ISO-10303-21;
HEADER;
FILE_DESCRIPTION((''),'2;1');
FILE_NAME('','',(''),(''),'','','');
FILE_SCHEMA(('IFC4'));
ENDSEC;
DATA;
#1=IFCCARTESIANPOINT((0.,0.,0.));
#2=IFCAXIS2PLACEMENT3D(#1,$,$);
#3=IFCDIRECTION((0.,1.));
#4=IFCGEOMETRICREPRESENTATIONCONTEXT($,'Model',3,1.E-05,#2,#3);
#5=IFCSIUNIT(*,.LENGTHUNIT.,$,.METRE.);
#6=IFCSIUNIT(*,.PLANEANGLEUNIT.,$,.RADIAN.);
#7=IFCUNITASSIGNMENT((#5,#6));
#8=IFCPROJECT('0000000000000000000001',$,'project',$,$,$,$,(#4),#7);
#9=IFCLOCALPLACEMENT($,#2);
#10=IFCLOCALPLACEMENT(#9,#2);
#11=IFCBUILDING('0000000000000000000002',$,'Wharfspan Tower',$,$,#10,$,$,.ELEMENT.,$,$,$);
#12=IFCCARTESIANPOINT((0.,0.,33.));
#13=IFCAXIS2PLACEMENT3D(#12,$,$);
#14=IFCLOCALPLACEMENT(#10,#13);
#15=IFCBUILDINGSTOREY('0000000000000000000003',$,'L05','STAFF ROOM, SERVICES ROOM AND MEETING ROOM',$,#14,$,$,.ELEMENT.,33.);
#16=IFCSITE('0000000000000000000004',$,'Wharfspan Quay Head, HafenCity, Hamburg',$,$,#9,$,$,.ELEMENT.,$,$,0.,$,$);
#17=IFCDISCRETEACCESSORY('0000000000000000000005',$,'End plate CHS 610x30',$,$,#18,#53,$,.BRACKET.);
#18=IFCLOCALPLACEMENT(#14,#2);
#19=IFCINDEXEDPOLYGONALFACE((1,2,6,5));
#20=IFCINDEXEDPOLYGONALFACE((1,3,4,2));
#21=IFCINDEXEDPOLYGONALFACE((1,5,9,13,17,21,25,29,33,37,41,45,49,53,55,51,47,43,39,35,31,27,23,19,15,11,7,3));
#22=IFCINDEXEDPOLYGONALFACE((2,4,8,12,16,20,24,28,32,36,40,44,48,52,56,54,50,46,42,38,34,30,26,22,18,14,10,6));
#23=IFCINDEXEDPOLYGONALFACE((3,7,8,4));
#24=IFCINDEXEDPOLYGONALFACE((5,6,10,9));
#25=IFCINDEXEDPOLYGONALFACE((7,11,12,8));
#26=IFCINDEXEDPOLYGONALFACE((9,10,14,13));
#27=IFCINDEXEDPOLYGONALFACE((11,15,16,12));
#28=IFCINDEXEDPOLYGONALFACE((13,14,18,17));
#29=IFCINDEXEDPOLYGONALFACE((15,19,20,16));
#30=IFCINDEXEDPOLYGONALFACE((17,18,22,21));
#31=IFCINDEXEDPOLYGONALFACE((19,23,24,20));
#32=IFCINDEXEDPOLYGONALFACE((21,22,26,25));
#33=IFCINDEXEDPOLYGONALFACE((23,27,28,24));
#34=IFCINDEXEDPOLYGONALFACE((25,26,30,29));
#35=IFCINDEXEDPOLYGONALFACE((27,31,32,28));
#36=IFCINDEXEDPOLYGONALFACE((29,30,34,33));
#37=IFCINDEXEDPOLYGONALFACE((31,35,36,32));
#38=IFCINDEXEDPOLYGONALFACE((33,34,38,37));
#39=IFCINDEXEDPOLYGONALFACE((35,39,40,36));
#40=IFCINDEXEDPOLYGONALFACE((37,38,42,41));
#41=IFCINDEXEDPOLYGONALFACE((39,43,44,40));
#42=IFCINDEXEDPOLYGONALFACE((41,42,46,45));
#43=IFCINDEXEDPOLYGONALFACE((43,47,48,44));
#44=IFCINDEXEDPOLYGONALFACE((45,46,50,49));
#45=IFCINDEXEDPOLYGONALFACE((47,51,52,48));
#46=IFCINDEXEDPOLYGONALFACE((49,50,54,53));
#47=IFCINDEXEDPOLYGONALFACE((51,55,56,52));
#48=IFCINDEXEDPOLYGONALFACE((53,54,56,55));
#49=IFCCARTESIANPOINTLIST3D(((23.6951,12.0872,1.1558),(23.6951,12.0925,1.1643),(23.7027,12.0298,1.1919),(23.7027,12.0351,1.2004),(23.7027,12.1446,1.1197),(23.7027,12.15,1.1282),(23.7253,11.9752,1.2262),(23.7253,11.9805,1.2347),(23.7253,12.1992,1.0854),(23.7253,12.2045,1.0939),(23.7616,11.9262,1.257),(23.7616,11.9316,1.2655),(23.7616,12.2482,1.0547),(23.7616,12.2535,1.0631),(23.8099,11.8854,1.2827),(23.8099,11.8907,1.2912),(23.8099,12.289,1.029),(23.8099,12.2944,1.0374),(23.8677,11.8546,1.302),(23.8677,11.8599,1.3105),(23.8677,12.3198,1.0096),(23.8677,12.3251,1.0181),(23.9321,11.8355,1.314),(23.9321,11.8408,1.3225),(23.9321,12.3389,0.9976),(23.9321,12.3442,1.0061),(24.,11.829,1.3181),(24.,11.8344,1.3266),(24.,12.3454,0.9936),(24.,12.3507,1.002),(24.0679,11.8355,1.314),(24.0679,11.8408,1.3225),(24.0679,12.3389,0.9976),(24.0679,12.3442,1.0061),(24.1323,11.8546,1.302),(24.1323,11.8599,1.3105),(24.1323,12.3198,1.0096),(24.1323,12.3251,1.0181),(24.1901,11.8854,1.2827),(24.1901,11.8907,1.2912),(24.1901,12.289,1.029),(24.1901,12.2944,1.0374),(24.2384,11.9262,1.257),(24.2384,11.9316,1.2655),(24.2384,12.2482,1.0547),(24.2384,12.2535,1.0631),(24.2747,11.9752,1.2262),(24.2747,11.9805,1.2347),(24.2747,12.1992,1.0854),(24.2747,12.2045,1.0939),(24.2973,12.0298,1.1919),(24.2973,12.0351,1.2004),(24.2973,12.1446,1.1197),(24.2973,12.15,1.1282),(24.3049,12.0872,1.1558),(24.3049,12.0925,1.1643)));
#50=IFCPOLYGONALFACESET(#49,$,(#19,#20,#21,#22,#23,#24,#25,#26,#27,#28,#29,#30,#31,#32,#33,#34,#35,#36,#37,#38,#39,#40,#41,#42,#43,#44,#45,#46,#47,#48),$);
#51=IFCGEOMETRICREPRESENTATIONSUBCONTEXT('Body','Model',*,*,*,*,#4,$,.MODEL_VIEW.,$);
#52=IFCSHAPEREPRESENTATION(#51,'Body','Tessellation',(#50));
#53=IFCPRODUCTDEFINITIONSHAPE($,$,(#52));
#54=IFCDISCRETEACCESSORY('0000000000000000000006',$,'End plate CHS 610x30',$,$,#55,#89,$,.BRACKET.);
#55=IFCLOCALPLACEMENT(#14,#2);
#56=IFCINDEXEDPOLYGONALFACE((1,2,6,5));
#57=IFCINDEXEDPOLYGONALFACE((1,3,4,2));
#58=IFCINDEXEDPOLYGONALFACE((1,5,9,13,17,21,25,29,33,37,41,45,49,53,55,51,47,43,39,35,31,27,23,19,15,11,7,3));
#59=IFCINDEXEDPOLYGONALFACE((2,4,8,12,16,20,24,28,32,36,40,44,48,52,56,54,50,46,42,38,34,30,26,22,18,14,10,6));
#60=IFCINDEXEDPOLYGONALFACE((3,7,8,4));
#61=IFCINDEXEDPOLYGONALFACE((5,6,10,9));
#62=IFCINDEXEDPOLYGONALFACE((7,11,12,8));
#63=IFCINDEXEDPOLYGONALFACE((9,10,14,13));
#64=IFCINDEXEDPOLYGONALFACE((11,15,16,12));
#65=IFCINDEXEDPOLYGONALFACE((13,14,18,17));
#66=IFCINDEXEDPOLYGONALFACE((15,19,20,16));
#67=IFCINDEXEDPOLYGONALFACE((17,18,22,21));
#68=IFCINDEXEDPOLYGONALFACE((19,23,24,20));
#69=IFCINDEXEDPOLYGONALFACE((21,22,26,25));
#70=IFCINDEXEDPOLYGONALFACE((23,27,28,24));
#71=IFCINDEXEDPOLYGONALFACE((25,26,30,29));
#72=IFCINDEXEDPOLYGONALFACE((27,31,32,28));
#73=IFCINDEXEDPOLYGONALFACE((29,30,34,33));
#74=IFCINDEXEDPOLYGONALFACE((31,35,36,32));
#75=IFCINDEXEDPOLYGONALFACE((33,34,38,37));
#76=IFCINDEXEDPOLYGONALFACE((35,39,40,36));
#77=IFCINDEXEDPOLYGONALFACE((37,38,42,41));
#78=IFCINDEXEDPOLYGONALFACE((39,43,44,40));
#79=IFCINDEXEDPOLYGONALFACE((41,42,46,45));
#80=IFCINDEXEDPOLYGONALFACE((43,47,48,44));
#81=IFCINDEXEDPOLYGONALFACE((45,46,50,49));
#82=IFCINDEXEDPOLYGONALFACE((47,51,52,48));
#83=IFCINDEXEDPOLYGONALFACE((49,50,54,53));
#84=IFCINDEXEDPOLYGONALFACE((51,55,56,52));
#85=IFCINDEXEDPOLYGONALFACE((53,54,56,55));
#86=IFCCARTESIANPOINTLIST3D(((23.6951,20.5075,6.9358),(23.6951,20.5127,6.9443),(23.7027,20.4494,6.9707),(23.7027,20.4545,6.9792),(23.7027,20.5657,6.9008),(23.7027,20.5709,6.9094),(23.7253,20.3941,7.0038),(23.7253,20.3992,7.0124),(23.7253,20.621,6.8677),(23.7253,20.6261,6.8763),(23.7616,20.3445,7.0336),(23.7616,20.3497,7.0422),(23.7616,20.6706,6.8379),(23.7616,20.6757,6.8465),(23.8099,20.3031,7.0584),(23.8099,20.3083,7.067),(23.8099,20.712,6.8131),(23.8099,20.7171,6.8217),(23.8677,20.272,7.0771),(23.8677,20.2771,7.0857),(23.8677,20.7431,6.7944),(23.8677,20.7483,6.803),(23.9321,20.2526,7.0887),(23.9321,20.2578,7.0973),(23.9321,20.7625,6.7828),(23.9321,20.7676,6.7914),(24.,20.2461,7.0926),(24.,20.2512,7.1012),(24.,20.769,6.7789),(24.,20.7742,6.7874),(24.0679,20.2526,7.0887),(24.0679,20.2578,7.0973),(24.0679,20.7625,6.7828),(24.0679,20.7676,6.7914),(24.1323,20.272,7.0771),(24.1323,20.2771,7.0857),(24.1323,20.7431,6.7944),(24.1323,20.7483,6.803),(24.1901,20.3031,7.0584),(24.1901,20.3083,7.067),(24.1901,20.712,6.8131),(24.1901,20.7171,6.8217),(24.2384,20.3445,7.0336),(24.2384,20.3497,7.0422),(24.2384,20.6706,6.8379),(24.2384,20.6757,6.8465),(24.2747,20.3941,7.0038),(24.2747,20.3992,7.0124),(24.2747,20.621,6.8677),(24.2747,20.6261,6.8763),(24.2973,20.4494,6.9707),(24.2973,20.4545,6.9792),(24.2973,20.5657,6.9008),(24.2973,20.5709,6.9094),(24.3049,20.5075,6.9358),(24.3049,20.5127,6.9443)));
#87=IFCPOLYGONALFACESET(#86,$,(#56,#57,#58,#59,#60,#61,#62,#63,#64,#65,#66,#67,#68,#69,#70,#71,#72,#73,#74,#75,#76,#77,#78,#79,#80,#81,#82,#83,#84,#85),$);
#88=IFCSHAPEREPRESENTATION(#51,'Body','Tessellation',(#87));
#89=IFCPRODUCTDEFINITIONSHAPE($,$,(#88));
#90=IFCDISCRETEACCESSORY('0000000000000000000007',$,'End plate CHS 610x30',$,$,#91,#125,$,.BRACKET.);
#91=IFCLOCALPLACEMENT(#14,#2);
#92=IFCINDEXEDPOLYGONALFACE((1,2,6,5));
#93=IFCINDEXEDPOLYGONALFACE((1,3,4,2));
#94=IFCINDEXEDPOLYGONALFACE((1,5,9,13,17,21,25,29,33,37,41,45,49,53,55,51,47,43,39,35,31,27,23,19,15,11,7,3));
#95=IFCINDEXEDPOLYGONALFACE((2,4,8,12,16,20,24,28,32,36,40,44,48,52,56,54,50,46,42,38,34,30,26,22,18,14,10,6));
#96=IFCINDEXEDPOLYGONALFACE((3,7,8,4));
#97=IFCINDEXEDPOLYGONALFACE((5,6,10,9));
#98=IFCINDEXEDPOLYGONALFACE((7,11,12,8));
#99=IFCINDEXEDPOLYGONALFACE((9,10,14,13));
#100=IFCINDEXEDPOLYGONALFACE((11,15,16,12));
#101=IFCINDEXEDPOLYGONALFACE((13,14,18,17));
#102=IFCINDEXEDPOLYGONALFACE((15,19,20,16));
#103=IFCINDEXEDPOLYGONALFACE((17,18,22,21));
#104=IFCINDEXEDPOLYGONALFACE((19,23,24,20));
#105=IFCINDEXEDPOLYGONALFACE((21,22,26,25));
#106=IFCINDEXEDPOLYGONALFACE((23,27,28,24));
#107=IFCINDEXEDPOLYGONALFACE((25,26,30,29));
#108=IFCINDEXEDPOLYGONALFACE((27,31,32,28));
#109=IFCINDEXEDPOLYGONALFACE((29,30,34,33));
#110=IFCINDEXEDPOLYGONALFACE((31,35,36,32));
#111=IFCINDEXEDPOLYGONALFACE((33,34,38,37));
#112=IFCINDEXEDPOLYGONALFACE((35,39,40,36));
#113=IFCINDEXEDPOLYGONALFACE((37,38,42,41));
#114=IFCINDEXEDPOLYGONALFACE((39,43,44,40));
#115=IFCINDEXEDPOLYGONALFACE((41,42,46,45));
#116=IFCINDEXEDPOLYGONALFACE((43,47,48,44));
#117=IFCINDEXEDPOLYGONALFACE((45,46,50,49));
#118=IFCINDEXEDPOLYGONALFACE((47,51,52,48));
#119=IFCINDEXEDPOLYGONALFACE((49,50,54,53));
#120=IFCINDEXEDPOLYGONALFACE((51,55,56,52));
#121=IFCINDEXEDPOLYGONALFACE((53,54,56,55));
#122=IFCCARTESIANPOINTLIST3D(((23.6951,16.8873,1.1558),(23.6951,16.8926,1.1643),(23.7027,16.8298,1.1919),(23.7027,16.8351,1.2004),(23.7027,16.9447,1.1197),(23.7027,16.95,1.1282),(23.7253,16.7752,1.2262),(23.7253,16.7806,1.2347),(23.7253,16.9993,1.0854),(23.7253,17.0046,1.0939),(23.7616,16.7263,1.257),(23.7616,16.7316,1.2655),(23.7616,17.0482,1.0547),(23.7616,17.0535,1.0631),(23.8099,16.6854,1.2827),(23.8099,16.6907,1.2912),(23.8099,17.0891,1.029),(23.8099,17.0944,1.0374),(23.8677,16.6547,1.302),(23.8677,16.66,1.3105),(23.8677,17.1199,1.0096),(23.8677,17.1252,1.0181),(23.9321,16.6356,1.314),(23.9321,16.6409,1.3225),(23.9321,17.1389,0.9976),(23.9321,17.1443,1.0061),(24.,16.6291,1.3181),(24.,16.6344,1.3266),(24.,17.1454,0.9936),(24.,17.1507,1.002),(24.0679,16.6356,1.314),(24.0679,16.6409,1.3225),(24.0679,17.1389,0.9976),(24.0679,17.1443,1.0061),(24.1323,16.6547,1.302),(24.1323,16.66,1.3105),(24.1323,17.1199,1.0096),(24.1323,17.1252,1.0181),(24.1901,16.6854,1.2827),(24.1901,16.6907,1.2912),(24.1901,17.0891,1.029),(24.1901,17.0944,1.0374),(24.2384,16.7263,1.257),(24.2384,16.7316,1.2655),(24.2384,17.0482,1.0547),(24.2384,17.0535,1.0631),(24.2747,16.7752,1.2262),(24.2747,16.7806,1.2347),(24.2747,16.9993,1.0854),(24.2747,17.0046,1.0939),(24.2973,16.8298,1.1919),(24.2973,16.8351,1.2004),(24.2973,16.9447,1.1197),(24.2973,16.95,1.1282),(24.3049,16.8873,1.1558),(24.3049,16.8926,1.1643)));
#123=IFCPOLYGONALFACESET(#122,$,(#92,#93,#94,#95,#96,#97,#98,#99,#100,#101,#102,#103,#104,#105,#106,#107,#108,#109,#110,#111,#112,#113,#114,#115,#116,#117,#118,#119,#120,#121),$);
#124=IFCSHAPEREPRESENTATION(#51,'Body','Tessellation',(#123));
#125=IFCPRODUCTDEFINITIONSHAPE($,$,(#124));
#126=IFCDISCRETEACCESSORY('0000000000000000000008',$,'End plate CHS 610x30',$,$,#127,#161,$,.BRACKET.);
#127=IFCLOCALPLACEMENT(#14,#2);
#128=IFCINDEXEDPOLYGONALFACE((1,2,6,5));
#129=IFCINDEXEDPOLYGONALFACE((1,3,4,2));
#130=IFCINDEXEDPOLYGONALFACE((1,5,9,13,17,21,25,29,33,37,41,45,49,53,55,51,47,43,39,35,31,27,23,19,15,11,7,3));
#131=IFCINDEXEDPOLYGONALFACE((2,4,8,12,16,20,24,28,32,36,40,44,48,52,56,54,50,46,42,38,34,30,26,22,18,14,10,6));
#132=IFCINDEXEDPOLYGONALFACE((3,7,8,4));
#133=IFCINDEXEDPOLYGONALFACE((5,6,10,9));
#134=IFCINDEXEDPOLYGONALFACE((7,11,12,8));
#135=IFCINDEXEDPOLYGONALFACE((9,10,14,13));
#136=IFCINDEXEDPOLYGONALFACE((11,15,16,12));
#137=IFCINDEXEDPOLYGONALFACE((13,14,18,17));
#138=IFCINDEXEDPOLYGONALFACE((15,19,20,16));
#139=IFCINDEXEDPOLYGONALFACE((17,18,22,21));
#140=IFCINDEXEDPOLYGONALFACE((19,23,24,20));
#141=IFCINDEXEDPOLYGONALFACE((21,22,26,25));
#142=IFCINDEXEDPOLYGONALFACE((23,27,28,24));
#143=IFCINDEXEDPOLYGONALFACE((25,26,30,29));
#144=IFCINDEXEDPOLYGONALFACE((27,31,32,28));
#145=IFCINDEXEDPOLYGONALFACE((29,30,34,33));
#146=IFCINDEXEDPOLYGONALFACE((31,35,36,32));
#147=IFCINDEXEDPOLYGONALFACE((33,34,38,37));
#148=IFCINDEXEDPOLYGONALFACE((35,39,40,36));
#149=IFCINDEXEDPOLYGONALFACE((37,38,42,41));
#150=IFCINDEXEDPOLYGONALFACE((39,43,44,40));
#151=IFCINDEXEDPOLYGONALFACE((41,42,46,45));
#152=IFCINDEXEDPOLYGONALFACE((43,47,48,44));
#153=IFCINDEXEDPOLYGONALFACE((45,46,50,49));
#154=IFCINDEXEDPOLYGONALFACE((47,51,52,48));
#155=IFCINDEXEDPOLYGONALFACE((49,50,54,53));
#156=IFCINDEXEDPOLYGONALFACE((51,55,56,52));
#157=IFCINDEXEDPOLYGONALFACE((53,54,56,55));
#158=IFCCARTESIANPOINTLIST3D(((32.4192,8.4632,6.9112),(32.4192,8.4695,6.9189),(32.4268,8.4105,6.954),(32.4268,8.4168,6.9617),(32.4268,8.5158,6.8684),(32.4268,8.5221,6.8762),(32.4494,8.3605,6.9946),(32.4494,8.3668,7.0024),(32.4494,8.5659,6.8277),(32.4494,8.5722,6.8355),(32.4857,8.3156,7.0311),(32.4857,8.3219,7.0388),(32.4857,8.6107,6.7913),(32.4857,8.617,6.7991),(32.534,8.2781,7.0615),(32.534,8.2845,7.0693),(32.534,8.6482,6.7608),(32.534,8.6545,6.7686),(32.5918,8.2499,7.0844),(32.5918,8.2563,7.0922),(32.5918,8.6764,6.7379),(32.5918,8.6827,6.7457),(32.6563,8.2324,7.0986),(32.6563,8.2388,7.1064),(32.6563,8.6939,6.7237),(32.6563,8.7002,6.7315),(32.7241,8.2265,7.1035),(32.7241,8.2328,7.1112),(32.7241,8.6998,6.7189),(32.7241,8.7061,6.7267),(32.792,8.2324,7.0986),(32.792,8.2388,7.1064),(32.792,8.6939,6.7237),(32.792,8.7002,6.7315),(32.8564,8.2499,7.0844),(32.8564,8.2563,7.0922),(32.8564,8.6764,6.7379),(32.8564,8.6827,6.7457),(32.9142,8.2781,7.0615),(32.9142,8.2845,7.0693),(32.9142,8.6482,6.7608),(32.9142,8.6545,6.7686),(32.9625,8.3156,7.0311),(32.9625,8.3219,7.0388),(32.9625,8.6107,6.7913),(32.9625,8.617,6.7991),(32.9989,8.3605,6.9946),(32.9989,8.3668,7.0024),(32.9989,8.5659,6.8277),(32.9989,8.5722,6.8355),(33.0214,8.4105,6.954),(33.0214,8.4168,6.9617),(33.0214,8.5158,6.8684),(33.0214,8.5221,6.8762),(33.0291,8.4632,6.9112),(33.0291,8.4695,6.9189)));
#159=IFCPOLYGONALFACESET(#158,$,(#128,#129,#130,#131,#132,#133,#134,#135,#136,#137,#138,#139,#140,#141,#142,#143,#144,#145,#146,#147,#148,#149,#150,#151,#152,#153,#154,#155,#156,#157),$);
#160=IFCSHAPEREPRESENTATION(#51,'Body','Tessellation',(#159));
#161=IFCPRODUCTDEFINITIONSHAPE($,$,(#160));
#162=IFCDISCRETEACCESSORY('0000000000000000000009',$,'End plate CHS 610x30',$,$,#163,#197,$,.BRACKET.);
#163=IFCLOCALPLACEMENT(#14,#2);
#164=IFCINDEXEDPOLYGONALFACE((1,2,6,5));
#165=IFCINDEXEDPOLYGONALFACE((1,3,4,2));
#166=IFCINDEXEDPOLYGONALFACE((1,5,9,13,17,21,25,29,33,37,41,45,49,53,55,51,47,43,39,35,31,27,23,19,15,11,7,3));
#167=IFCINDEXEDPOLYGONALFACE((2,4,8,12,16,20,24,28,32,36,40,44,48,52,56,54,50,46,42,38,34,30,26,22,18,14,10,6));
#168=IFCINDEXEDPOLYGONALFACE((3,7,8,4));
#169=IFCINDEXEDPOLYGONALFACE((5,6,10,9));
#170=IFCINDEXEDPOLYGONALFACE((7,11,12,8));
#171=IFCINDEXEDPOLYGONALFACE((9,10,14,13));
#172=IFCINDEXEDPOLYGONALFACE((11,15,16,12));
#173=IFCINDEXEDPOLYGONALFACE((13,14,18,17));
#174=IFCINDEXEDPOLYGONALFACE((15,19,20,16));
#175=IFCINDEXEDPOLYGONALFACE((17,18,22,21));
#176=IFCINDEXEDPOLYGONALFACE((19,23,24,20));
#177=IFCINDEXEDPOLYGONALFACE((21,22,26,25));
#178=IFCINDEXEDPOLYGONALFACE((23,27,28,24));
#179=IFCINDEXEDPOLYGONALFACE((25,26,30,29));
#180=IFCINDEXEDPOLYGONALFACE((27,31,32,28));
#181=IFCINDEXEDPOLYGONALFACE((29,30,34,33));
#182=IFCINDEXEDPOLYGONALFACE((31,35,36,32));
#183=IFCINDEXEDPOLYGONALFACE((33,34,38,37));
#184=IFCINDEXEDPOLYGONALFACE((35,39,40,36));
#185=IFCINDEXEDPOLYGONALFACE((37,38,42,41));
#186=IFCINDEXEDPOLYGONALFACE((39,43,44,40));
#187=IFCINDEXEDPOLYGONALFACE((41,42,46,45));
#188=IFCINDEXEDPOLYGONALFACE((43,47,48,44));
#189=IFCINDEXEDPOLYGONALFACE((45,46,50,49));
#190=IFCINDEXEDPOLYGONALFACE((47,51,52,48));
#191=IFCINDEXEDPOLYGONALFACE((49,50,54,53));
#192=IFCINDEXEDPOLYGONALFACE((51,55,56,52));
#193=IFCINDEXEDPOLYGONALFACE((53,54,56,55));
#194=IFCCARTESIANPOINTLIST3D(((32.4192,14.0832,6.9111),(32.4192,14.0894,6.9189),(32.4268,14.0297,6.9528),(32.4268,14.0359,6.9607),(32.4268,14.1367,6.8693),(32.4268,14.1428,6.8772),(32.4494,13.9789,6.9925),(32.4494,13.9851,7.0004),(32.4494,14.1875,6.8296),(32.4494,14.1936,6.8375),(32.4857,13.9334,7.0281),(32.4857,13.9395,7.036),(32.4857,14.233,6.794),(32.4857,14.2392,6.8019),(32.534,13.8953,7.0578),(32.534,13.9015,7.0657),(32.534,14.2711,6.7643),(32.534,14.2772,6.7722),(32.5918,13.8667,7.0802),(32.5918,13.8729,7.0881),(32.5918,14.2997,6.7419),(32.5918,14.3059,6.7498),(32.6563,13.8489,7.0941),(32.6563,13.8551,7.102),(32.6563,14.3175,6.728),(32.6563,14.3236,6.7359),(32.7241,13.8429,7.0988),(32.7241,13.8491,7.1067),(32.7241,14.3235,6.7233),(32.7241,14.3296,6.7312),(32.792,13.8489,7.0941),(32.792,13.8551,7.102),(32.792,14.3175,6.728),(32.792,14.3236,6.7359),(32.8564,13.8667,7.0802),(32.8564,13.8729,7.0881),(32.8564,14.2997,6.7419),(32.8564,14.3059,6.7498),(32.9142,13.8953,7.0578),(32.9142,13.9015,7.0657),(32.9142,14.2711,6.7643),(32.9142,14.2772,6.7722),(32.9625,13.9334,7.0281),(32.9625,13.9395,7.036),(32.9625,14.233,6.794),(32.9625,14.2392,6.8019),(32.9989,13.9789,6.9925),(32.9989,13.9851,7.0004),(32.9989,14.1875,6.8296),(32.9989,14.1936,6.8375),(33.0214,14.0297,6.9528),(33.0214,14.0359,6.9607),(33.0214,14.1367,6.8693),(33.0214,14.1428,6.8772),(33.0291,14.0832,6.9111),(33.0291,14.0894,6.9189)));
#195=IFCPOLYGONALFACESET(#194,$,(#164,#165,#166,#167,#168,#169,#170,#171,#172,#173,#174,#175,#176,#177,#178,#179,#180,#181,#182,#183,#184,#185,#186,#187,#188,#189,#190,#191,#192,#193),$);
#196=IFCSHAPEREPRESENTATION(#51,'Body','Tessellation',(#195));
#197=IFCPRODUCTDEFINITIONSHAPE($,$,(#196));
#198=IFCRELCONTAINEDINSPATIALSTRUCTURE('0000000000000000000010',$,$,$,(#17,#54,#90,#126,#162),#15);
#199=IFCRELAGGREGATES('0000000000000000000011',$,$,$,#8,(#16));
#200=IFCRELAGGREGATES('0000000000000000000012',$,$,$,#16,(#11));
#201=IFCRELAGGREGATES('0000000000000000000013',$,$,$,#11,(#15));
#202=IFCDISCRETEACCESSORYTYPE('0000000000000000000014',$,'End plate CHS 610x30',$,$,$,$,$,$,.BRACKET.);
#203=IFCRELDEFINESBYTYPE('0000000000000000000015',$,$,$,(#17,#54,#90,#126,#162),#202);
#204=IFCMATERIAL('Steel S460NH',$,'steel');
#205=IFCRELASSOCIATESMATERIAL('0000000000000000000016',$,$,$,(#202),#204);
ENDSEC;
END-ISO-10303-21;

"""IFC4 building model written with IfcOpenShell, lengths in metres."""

from ifc_helpers import new_model, si_unit, direction, frame, origin, origin_2d, place, context, subcontext, project, spatial, circle, extrude, material, material_profile, profile_set, type_object, element, save


model = new_model("IFC4")

# Units and contexts
model_context = context("Model", 3, precision=1e-05, world=origin(), true_north=direction((0.0, 1.0)))
body_context = subcontext(model_context, "Body", "Model", "MODEL_VIEW")
ifc_project = project(units=[si_unit("LENGTHUNIT", "METRE"), si_unit("PLANEANGLEUNIT", "RADIAN")], contexts=[model_context])

# Site, building, storey
site_placement = place(None, origin())
site = spatial("IfcSite", under=ifc_project, at=site_placement, Name="Wharfspan Quay Head, HafenCity, Hamburg", CompositionType="ELEMENT", RefElevation=0.0)
building_placement = place(site_placement, origin())
building = spatial("IfcBuilding", under=site, at=building_placement, Name="Wharfspan Tower", CompositionType="ELEMENT")
storey_placement = place(building_placement, frame((0.0, 0.0, 33.0)))
storey = spatial("IfcBuildingStorey", under=building, at=storey_placement, Name="L05", Description="STAFF ROOM, SERVICES ROOM AND MEETING ROOM", CompositionType="ELEMENT", Elevation=33.0)

# Shared definitions
ifc_material_1 = material(Name="Steel S460NH", Category="steel")

# Discrete accessories
ifc_material_profile_1 = material_profile(ifc_material_1, circle(Radius=0.3049, at=origin_2d()))
ifc_profile_set_1 = profile_set([ifc_material_profile_1], Name="Steel S460NH")
discrete_accessory_type_1 = type_object("IfcDiscreteAccessoryType", Name="End plate CHS 610x30", PredefinedType="BRACKET", material=ifc_profile_set_1)
for number, where, z_axis, x_axis, name in (
    (1, (24.0, 12.0925, 1.1643), (0.0, -0.532172, -0.846637), (1.0, 0.0, 0.0), "End plate CHS 610x30"),
    (2, (24.0, 20.5127, 6.9443), (0.0, -0.514496, -0.857493), (1.0, 0.0, 0.0), "End plate CHS 610x30"),
    (3, (24.0, 16.8926, 1.1643), (0.0, -0.532172, -0.846637), (1.0, 0.0, 0.0), "End plate CHS 610x30"),
    (4, (32.7241, 8.4695, 6.9189), (0.0, -0.630593, -0.776114), (1.0, 0.0, 0.0), "End plate CHS 610x30"),
    (5, (32.7241, 14.0894, 6.9189), (0.0, -0.615644, -0.788024), (1.0, 0.0, 0.0), "End plate CHS 610x30"),
):
    element("IfcDiscreteAccessory", number, at=place(storey_placement, frame(where, z_axis=z_axis, x_axis=x_axis)), inside=storey, type_object=discrete_accessory_type_1, Name=name, PredefinedType="BRACKET", context=body_context, shape_type="SweptSolid", body=[
        extrude(circle(Radius=0.3049, at=origin_2d()), origin(), (0.0, 0.0, 1.0), 0.01),
    ])

save(model, "model.ifc")
